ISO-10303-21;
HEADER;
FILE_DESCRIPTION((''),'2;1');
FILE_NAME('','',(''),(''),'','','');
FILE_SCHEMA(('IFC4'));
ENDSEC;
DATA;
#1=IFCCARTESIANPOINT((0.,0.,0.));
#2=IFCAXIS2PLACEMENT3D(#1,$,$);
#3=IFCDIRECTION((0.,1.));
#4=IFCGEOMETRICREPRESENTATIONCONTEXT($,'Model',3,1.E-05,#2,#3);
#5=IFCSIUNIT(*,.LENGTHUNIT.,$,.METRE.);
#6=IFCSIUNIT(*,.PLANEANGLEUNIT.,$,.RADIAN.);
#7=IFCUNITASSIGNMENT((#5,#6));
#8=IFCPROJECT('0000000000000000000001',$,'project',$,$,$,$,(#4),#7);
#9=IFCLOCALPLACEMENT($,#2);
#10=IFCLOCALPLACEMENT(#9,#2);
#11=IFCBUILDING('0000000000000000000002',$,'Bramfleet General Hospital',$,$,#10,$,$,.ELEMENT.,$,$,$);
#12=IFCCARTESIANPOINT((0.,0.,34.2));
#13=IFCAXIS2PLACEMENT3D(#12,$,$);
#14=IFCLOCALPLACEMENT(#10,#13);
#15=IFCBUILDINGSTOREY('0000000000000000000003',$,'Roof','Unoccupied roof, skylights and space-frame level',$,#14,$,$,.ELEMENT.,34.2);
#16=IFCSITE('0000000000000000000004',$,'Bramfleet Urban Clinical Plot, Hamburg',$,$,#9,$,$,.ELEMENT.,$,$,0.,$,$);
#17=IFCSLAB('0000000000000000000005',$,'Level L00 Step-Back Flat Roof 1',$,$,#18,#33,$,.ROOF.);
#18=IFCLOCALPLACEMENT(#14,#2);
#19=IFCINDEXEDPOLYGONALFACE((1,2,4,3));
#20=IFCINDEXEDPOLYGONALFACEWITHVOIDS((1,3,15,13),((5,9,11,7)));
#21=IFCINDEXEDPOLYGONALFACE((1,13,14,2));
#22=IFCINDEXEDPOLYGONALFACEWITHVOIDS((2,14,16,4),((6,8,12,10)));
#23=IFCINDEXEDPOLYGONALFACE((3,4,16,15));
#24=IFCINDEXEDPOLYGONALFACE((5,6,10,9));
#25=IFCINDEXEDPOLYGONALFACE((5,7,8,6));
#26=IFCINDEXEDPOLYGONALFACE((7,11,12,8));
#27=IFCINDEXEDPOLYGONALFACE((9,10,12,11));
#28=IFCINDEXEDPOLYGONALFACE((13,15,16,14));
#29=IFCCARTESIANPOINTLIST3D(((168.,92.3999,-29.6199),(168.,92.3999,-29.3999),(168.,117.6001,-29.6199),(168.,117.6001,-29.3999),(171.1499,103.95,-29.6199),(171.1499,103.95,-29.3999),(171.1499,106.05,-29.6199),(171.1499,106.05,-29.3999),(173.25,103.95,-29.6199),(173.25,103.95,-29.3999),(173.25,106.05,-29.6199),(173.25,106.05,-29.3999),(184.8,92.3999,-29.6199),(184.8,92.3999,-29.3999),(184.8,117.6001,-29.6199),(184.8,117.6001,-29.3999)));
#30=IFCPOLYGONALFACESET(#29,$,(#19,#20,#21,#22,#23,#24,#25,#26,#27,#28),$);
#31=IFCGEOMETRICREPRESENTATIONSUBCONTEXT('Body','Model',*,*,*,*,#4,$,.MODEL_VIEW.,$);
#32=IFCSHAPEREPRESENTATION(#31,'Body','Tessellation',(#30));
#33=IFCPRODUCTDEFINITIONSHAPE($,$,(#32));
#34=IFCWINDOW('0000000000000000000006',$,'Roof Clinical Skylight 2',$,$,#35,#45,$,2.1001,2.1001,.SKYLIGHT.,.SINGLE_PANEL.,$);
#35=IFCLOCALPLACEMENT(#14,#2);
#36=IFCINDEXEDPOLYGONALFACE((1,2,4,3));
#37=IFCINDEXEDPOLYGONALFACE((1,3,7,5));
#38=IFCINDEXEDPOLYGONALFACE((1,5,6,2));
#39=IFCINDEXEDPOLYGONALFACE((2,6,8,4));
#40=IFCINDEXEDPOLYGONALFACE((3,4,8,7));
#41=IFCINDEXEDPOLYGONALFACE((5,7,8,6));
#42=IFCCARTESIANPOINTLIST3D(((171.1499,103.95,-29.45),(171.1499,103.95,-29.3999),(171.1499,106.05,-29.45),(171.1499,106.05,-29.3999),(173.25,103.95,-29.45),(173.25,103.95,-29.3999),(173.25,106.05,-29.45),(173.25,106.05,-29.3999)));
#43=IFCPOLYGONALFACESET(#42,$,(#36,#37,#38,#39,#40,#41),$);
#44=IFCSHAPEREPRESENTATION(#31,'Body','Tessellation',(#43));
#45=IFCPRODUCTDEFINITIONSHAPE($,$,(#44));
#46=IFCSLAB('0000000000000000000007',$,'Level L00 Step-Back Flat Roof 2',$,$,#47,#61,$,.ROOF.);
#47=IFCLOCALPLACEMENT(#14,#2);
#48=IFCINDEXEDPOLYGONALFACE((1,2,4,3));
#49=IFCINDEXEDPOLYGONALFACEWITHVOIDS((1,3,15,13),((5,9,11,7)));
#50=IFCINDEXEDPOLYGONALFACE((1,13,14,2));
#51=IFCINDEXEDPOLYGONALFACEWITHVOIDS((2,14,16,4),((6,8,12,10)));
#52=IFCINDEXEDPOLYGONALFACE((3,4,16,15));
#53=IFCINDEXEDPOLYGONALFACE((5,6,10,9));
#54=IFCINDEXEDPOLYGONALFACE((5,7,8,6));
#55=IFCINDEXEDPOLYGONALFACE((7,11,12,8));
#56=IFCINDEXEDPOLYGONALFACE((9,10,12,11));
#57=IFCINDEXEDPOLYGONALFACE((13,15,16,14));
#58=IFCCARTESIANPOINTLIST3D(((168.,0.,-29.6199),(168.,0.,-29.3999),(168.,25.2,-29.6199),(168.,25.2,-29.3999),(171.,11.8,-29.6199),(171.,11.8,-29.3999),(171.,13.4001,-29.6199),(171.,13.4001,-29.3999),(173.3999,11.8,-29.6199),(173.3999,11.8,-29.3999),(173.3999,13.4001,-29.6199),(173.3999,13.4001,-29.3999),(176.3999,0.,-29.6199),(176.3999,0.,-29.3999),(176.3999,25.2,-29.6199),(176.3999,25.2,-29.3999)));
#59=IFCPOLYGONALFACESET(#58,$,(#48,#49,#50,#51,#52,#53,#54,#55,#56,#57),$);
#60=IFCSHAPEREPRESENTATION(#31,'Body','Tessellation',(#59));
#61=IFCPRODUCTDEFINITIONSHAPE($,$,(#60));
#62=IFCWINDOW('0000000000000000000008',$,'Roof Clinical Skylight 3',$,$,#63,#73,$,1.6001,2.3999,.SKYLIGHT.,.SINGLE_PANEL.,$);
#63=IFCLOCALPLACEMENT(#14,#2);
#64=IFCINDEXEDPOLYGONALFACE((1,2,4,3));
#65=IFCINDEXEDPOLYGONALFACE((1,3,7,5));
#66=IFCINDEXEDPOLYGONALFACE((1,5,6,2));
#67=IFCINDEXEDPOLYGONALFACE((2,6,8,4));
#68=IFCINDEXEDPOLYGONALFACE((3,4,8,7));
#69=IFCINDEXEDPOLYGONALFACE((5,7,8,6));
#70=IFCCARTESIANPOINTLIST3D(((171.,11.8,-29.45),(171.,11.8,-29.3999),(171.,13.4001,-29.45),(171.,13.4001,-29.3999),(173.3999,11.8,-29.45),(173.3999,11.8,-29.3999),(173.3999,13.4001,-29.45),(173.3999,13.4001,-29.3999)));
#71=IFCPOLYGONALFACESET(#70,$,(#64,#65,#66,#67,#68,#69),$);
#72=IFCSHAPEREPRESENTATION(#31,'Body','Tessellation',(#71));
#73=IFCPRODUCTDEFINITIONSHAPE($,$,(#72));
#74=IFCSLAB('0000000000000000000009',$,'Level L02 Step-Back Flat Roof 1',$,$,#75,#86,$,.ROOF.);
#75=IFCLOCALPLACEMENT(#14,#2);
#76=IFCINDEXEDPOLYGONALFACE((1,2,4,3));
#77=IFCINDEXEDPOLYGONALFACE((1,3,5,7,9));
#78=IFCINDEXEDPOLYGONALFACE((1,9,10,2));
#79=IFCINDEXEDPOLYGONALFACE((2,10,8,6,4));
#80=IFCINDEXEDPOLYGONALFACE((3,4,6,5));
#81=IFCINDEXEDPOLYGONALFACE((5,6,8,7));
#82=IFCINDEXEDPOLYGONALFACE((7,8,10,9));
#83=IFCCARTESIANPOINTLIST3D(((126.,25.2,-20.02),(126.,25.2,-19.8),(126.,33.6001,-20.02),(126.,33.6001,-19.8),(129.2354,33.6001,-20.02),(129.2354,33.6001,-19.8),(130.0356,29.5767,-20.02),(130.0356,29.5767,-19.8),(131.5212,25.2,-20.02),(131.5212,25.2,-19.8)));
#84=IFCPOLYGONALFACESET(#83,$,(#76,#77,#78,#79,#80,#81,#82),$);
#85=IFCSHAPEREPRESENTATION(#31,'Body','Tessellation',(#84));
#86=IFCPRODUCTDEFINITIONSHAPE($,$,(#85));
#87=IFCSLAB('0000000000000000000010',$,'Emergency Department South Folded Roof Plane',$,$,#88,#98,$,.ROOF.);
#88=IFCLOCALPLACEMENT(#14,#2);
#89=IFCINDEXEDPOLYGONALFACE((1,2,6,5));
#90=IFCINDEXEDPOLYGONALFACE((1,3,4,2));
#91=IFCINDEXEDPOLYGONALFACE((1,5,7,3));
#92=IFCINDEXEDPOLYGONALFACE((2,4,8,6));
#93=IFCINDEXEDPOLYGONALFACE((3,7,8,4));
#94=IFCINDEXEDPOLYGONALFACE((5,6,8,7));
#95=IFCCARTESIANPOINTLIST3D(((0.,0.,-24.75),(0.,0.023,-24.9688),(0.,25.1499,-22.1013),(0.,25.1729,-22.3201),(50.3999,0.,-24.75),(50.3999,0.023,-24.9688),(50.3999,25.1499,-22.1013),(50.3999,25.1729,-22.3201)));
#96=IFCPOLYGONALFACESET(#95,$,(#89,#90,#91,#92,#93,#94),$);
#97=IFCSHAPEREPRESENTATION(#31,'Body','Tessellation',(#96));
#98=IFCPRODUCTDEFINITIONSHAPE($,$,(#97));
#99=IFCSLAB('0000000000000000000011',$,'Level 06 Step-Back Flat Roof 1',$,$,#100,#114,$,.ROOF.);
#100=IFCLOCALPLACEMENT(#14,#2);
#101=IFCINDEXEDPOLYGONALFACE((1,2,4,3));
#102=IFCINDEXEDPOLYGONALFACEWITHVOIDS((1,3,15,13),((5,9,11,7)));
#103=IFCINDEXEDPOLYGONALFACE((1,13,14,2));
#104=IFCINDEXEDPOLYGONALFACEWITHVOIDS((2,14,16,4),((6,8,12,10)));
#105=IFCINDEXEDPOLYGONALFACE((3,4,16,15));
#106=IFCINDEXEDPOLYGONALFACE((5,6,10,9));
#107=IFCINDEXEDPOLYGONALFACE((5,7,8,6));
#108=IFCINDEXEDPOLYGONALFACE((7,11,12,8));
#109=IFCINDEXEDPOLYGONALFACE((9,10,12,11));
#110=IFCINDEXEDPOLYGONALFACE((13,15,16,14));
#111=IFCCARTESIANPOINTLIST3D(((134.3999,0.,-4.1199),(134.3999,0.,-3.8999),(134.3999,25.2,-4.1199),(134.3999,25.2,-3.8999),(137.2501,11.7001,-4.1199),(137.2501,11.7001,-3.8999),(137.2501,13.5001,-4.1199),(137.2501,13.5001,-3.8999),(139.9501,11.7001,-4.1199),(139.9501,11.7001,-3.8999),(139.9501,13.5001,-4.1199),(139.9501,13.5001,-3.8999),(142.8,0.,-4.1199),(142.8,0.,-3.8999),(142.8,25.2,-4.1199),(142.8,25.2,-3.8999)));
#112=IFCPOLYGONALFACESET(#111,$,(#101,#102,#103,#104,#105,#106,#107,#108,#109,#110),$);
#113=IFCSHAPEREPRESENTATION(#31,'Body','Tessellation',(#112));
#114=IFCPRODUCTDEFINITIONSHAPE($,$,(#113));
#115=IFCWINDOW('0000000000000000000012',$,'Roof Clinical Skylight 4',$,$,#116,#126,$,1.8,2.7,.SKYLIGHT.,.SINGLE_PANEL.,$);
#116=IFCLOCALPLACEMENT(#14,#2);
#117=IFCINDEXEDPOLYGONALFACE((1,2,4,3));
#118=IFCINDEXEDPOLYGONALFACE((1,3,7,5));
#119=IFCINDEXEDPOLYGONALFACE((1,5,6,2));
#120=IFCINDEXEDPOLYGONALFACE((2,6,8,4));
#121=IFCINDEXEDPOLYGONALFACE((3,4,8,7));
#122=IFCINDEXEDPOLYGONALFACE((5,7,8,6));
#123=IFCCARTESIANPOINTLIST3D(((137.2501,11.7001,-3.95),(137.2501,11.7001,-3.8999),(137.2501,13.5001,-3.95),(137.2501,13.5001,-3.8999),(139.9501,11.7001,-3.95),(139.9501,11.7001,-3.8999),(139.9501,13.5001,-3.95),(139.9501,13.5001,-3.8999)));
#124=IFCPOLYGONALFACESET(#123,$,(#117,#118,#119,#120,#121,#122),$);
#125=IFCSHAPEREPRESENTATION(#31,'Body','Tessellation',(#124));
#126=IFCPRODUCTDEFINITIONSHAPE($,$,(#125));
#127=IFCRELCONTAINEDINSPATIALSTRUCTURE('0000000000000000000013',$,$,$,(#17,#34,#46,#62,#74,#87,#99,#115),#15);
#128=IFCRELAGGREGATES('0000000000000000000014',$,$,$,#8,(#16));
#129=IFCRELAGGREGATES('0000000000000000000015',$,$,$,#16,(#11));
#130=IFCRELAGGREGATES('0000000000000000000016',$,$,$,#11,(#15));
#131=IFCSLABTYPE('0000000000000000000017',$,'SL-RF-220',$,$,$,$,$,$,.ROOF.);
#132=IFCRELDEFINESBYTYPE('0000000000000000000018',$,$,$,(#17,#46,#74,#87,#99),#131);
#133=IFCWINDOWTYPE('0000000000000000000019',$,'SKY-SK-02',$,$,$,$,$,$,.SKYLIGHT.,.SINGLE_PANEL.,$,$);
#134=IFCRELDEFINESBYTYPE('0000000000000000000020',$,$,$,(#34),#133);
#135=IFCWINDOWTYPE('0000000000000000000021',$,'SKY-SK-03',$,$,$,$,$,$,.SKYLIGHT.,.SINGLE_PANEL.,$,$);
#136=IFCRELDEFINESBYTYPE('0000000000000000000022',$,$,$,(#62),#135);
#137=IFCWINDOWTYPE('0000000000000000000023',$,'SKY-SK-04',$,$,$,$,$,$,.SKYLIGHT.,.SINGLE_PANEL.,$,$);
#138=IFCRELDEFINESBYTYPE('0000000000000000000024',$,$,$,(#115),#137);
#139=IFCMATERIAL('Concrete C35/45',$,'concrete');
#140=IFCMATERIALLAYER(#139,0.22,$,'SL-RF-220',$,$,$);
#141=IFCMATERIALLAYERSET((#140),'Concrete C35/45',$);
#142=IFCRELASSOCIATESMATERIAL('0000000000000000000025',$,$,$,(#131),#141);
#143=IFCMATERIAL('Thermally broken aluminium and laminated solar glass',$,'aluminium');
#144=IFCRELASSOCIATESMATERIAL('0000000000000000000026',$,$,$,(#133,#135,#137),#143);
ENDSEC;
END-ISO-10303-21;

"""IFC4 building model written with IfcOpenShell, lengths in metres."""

from ifc_helpers import new_model, si_unit, direction, frame, origin, origin_2d, place, context, subcontext, project, spatial, polyline, rectangle, outline, extrude, material, layer, layer_set, type_object, element, fill, save


model = new_model("IFC4")

# Units and contexts
model_context = context("Model", 3, precision=1e-05, world=origin(), true_north=direction((0.0, 1.0)))
body_context = subcontext(model_context, "Body", "Model", "MODEL_VIEW")
ifc_project = project(units=[si_unit("LENGTHUNIT", "METRE"), si_unit("PLANEANGLEUNIT", "RADIAN")], contexts=[model_context])

# Site, building, storey
site_placement = place(None, origin())
site = spatial("IfcSite", under=ifc_project, at=site_placement, Name="Bramfleet Urban Clinical Plot, Hamburg", CompositionType="ELEMENT", RefElevation=0.0)
building_placement = place(site_placement, origin())
building = spatial("IfcBuilding", under=site, at=building_placement, Name="Bramfleet General Hospital", CompositionType="ELEMENT")
storey_placement = place(building_placement, frame((0.0, 0.0, 34.2)))
storey = spatial("IfcBuildingStorey", under=building, at=storey_placement, Name="Roof", Description="Unoccupied roof, skylights and space-frame level", CompositionType="ELEMENT", Elevation=34.2)

# Slabs, openings, windows
ifc_material_1 = material(Name="Concrete C35/45", Category="concrete")
ifc_layer_1 = layer(ifc_material_1, 0.22, Name="SL-RF-220")
ifc_layer_set_1 = layer_set([ifc_layer_1], Name="Concrete C35/45")
slab_type_1 = type_object("IfcSlabType", Name="SL-RF-220", PredefinedType="ROOF", material=ifc_layer_set_1)
slab_1_placement = place(storey_placement, frame((0.0, 0.0, -29.6199)))
slab_1 = element("IfcSlab", 1, at=slab_1_placement, inside=storey, type_object=slab_type_1, Name="Level L00 Step-Back Flat Roof 1", PredefinedType="ROOF", context=body_context, shape_type="SweptSolid", body=[
    extrude(outline(polyline([(184.8, 92.3999), (176.3999, 92.3999), (168.0, 92.3999), (168.0, 100.8), (168.0, 109.2), (168.0, 117.6001), (176.3999, 117.6001), (184.8, 117.6001), (184.8, 109.2), (184.8, 100.8), (184.8, 92.3999)])), origin(), (0.0, 0.0, 1.0), 0.22),
])
opening_1_placement = place(slab_1_placement, frame((172.2, 105.0, -0.01)))
opening_1 = element("IfcOpeningElement", 2, at=opening_1_placement, cuts=slab_1, PredefinedType="OPENING", context=body_context, shape_type="SweptSolid", body=[
    extrude(rectangle(XDim=2.1001, YDim=2.1001, at=origin_2d()), origin(), (0.0, 0.0, 1.0), 0.24),
])
ifc_material_2 = material(Name="Thermally broken aluminium and laminated solar glass", Category="aluminium")
window_type_1 = type_object("IfcWindowType", Name="SKY-SK-02", PartitioningType="SINGLE_PANEL", PredefinedType="SKYLIGHT", material=ifc_material_2)
window_1_placement = place(slab_1_placement, frame((172.2, 105.0, 0.1699)))
window_1 = element("IfcWindow", 3, at=window_1_placement, inside=storey, type_object=window_type_1, Name="Roof Clinical Skylight 2", OverallHeight=2.1001, OverallWidth=2.1001, PartitioningType="SINGLE_PANEL", PredefinedType="SKYLIGHT", context=body_context, shape_type="SweptSolid", body=[
    extrude(rectangle(XDim=2.1001, YDim=2.1001, at=origin_2d()), origin(), (0.0, 0.0, 1.0), 0.05),
])
fill(opening_1, window_1)
slab_2_placement = place(storey_placement, frame((0.0, 0.0, -29.6199)))
slab_2 = element("IfcSlab", 4, at=slab_2_placement, inside=storey, type_object=slab_type_1, Name="Level L00 Step-Back Flat Roof 2", PredefinedType="ROOF", context=body_context, shape_type="SweptSolid", body=[
    extrude(outline(polyline([(168.0, 0.0), (168.0, 8.3999), (168.0, 16.8), (168.0, 25.2), (176.3999, 25.2), (176.3999, 16.8), (176.3999, 8.3999), (176.3999, 0.0), (168.0, 0.0)])), origin(), (0.0, 0.0, 1.0), 0.22),
])
opening_2_placement = place(slab_2_placement, frame((172.2, 12.6001, -0.01)))
opening_2 = element("IfcOpeningElement", 5, at=opening_2_placement, cuts=slab_2, PredefinedType="OPENING", context=body_context, shape_type="SweptSolid", body=[
    extrude(rectangle(XDim=2.3999, YDim=1.6001, at=origin_2d()), origin(), (0.0, 0.0, 1.0), 0.24),
])
window_type_2 = type_object("IfcWindowType", Name="SKY-SK-03", PartitioningType="SINGLE_PANEL", PredefinedType="SKYLIGHT", material=ifc_material_2)
window_2_placement = place(slab_2_placement, frame((172.2, 12.6001, 0.1699)))
window_2 = element("IfcWindow", 6, at=window_2_placement, inside=storey, type_object=window_type_2, Name="Roof Clinical Skylight 3", OverallHeight=1.6001, OverallWidth=2.3999, PartitioningType="SINGLE_PANEL", PredefinedType="SKYLIGHT", context=body_context, shape_type="SweptSolid", body=[
    extrude(rectangle(XDim=2.3999, YDim=1.6001, at=origin_2d()), origin(), (0.0, 0.0, 1.0), 0.05),
])
fill(opening_2, window_2)

# Slabs
slab_3_placement = place(storey_placement, frame((0.0, 0.0, -20.02)))
element("IfcSlab", 7, at=slab_3_placement, inside=storey, type_object=slab_type_1, Name="Level L02 Step-Back Flat Roof 1", PredefinedType="ROOF", context=body_context, shape_type="SweptSolid", body=[
    extrude(outline(polyline([(126.0, 33.6001), (129.2354, 33.6001), (130.0356, 29.5767), (131.5212, 25.2), (126.0, 25.2), (126.0, 33.6001)])), origin(), (0.0, 0.0, 1.0), 0.22),
])
slab_4_placement = place(storey_placement, frame((0.0, 0.0, -24.75), z_axis=(0.0, -0.104737, 0.9945), x_axis=(1.0, 0.0, 0.0)))
element("IfcSlab", 8, at=slab_4_placement, inside=storey, type_object=slab_type_1, Name="Emergency Department South Folded Roof Plane", PredefinedType="ROOF", context=body_context, shape_type="SweptSolid", body=[
    extrude(outline(polyline([(0.0, 0.0), (50.3999, 0.0), (50.3999, 25.289), (0.0, 25.289), (0.0, 0.0)])), origin(), (0.0, 0.0, -1.0), 0.22),
])

# Slab, opening, window
slab_5_placement = place(storey_placement, frame((0.0, 0.0, -4.1199)))
slab_5 = element("IfcSlab", 9, at=slab_5_placement, inside=storey, type_object=slab_type_1, Name="Level 06 Step-Back Flat Roof 1", PredefinedType="ROOF", context=body_context, shape_type="SweptSolid", body=[
    extrude(outline(polyline([(142.8, 16.8), (142.8, 8.3999), (142.8, 0.0), (134.3999, 0.0), (134.3999, 8.3999), (134.3999, 16.8), (134.3999, 25.2), (142.8, 25.2), (142.8, 16.8)])), origin(), (0.0, 0.0, 1.0), 0.22),
])
opening_3_placement = place(slab_5_placement, frame((138.6001, 12.6001, -0.01)))
opening_3 = element("IfcOpeningElement", 10, at=opening_3_placement, cuts=slab_5, PredefinedType="OPENING", context=body_context, shape_type="SweptSolid", body=[
    extrude(rectangle(XDim=2.7, YDim=1.8, at=origin_2d()), origin(), (0.0, 0.0, 1.0), 0.24),
])
window_type_3 = type_object("IfcWindowType", Name="SKY-SK-04", PartitioningType="SINGLE_PANEL", PredefinedType="SKYLIGHT", material=ifc_material_2)
window_3_placement = place(slab_5_placement, frame((138.6001, 12.6001, 0.1699)))
window_3 = element("IfcWindow", 11, at=window_3_placement, inside=storey, type_object=window_type_3, Name="Roof Clinical Skylight 4", OverallHeight=1.8, OverallWidth=2.7, PartitioningType="SINGLE_PANEL", PredefinedType="SKYLIGHT", context=body_context, shape_type="SweptSolid", body=[
    extrude(rectangle(XDim=2.7, YDim=1.8, at=origin_2d()), origin(), (0.0, 0.0, 1.0), 0.05),
])
fill(opening_3, window_3)

save(model, "model.ifc")
